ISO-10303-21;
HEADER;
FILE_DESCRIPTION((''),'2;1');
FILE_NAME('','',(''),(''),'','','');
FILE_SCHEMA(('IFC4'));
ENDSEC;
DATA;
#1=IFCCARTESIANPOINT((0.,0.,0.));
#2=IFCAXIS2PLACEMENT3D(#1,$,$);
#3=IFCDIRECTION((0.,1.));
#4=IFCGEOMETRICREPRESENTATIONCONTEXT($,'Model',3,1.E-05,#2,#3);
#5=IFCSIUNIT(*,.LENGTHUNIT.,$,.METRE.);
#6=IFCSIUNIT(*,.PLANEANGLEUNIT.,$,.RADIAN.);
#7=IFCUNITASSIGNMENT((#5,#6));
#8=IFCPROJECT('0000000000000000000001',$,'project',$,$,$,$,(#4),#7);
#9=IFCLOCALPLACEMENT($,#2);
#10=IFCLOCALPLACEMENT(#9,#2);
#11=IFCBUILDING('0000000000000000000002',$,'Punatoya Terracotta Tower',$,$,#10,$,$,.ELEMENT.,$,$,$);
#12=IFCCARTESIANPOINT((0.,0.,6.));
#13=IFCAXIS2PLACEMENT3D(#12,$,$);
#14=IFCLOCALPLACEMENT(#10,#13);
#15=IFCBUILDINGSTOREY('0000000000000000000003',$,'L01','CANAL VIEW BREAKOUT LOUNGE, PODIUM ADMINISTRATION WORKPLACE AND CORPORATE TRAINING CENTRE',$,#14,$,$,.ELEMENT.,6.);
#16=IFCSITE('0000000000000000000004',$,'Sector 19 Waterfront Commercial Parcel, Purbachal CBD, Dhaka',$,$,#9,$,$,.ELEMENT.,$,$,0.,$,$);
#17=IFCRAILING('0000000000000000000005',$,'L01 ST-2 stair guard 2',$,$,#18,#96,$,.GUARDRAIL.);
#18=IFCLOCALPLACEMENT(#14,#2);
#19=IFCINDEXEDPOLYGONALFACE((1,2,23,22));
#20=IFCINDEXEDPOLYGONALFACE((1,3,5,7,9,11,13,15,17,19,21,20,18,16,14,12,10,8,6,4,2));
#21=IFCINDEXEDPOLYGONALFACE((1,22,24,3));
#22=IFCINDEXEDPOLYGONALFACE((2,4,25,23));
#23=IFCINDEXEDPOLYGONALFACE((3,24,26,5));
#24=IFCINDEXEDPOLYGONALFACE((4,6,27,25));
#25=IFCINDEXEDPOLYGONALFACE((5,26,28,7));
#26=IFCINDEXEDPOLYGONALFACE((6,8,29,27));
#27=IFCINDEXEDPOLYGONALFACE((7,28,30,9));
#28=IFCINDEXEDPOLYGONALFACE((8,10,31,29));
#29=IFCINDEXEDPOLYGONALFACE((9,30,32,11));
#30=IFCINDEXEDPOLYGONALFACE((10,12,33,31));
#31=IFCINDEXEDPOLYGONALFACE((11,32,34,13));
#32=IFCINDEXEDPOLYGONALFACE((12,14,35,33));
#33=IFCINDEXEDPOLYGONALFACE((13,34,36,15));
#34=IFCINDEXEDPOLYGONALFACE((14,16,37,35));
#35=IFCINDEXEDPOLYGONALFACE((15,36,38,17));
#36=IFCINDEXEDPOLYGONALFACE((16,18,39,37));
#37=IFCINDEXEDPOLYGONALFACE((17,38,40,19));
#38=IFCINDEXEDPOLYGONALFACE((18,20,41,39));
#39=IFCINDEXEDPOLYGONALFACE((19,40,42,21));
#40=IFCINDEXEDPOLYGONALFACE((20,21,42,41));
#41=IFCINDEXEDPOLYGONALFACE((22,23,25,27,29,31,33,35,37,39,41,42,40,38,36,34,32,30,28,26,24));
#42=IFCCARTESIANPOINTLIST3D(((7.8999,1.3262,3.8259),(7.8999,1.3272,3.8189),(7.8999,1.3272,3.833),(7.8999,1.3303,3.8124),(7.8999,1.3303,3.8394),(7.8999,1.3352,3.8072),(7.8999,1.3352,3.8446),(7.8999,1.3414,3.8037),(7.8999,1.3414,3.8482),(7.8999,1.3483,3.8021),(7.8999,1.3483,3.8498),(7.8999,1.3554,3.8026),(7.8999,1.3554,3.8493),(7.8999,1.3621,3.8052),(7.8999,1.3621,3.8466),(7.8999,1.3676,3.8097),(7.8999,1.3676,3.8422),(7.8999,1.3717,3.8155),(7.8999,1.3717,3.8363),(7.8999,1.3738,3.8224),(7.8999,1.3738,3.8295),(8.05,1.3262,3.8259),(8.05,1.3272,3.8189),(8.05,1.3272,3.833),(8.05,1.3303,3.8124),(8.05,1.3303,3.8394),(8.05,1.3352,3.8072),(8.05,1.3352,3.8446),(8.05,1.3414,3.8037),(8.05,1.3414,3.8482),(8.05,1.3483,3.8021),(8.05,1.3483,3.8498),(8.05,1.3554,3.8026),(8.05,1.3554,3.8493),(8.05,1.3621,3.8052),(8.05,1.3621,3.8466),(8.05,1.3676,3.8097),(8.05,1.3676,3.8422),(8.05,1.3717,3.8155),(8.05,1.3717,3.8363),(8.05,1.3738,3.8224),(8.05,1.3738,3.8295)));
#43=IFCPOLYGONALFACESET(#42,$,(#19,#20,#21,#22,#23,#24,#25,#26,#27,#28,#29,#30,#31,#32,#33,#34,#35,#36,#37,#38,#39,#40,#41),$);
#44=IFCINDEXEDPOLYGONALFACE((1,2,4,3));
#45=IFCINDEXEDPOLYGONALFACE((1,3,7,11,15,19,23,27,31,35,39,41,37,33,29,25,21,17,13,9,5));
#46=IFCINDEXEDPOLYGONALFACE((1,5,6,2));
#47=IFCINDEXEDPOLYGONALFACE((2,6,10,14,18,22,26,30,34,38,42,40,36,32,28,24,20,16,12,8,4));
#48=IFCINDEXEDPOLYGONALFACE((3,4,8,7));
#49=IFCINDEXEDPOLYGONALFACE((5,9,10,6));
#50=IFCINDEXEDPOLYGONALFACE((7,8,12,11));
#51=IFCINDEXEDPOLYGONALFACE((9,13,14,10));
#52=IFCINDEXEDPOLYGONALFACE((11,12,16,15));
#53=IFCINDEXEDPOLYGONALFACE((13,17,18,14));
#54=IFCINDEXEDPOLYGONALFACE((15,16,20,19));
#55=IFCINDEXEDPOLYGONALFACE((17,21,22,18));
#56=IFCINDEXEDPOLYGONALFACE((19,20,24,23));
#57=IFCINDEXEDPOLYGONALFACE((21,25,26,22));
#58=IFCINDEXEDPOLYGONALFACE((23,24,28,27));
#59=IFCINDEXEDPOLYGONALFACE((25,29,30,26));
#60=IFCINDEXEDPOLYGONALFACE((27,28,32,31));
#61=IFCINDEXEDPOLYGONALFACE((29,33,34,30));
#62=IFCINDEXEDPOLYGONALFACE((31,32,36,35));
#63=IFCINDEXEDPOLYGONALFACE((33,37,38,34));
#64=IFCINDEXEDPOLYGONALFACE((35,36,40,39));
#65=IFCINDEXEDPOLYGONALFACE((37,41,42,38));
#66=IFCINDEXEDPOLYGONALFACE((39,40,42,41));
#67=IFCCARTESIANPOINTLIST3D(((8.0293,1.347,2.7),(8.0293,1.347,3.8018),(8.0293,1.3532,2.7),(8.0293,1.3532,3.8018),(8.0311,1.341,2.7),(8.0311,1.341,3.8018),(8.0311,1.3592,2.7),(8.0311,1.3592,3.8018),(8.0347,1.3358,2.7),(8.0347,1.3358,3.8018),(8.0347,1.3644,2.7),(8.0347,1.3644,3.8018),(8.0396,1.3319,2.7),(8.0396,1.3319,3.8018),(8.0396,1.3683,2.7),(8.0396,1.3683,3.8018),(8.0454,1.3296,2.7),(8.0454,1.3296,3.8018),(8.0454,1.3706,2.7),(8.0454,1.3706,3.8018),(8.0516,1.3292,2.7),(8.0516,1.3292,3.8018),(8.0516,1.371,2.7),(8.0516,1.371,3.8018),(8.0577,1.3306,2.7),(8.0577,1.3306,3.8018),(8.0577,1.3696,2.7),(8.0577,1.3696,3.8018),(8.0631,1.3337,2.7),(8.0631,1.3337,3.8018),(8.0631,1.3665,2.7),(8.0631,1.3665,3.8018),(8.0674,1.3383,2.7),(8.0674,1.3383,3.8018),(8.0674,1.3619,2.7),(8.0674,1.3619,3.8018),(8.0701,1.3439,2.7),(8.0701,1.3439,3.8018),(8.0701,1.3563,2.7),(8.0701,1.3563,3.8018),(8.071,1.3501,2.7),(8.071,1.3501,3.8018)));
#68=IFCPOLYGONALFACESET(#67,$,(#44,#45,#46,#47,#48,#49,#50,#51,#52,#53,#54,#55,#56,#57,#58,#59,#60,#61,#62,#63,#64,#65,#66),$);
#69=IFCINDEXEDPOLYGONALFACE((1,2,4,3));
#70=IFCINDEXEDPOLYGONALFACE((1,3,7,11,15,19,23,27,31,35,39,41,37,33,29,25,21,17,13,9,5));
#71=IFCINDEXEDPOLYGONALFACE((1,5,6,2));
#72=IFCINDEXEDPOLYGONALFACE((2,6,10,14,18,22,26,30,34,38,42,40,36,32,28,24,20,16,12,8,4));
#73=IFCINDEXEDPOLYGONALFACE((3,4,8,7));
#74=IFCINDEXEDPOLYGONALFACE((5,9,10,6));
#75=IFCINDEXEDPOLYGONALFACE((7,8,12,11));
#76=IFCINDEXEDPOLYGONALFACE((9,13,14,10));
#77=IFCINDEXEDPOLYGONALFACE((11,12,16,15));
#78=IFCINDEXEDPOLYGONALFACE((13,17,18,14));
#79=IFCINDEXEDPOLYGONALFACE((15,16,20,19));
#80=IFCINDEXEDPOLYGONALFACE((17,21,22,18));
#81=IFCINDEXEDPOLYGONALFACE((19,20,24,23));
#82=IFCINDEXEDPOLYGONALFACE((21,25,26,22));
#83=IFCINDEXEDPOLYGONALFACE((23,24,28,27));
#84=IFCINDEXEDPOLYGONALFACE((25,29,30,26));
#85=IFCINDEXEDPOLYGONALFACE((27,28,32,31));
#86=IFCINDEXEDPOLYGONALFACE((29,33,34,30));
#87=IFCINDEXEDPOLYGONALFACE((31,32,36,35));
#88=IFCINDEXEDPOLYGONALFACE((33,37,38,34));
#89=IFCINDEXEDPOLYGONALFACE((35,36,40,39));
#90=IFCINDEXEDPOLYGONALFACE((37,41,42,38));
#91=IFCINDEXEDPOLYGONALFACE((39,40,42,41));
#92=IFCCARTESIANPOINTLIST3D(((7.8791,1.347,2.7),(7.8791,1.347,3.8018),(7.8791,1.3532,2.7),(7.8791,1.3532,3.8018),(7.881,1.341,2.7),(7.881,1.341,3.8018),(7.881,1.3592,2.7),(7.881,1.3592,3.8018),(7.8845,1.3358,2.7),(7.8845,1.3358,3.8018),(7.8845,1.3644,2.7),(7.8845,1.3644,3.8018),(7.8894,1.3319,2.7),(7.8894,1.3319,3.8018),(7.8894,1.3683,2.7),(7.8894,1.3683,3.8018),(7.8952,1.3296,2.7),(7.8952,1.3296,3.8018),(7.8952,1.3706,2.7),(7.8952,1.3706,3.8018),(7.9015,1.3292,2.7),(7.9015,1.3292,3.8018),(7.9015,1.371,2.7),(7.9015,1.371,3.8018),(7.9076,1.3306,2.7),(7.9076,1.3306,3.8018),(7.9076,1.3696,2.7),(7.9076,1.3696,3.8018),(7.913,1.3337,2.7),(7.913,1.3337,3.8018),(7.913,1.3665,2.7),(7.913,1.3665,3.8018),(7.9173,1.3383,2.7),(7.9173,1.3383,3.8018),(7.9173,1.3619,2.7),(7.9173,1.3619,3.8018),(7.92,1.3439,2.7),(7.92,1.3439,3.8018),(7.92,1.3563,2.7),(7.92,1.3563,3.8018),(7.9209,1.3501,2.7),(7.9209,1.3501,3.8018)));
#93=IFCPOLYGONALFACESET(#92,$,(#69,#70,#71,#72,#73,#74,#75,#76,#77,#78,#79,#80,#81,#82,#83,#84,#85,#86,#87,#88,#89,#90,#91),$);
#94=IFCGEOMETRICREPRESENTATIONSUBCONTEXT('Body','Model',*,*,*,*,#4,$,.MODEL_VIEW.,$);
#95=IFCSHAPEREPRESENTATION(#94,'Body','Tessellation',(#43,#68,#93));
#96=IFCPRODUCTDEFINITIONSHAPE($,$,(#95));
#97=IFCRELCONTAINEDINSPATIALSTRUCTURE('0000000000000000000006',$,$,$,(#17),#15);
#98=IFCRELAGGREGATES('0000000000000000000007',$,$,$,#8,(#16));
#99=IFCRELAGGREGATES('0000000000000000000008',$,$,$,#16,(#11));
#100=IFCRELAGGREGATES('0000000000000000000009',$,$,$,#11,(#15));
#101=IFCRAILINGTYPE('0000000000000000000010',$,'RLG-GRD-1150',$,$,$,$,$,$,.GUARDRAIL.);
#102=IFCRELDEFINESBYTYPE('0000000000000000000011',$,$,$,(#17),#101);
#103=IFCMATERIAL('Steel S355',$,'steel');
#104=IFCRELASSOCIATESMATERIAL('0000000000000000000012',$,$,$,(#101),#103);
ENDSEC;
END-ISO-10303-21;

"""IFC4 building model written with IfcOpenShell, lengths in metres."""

from ifc_helpers import new_model, si_unit, direction, frame, origin, origin_2d, place, context, subcontext, project, spatial, circle, extrude, material, type_object, element, save


model = new_model("IFC4")

# Units and contexts
model_context = context("Model", 3, precision=1e-05, world=origin(), true_north=direction((0.0, 1.0)))
body_context = subcontext(model_context, "Body", "Model", "MODEL_VIEW")
ifc_project = project(units=[si_unit("LENGTHUNIT", "METRE"), si_unit("PLANEANGLEUNIT", "RADIAN")], contexts=[model_context])

# Site, building, storey
site_placement = place(None, origin())
site = spatial("IfcSite", under=ifc_project, at=site_placement, Name="Sector 19 Waterfront Commercial Parcel, Purbachal CBD, Dhaka", CompositionType="ELEMENT", RefElevation=0.0)
building_placement = place(site_placement, origin())
building = spatial("IfcBuilding", under=site, at=building_placement, Name="Punatoya Terracotta Tower", CompositionType="ELEMENT")
storey_placement = place(building_placement, frame((0.0, 0.0, 6.0)))
storey = spatial("IfcBuildingStorey", under=building, at=storey_placement, Name="L01", Description="CANAL VIEW BREAKOUT LOUNGE, PODIUM ADMINISTRATION WORKPLACE AND CORPORATE TRAINING CENTRE", CompositionType="ELEMENT", Elevation=6.0)

# Shared definitions
ifc_material_1 = material(Name="Steel S355", Category="steel")

# Railing
railing_type_1 = type_object("IfcRailingType", Name="RLG-GRD-1150", PredefinedType="GUARDRAIL", material=ifc_material_1)
railing_1_placement = place(storey_placement, frame((8.05, 1.3501, 2.7)))
element("IfcRailing", 1, at=railing_1_placement, inside=storey, type_object=railing_type_1, Name="L01 ST-2 stair guard 2", PredefinedType="GUARDRAIL", context=body_context, shape_type="SweptSolid", body=[
    extrude(circle(Radius=0.0239, at=origin_2d()), frame((0.0, 0.0, 1.126), z_axis=(-1.0, 0.0, 0.0), x_axis=(0.0, -1.0, 0.0)), (0.0, 0.0, 1.0), 0.1501),
    extrude(circle(Radius=0.021, at=origin_2d()), origin(), (0.0, 0.0, 1.0), 1.1018),
    extrude(circle(Radius=0.021, at=origin_2d()), frame((-0.1501, 0.0, 0.0)), (0.0, 0.0, 1.0), 1.1018),
])

save(model, "model.ifc")
